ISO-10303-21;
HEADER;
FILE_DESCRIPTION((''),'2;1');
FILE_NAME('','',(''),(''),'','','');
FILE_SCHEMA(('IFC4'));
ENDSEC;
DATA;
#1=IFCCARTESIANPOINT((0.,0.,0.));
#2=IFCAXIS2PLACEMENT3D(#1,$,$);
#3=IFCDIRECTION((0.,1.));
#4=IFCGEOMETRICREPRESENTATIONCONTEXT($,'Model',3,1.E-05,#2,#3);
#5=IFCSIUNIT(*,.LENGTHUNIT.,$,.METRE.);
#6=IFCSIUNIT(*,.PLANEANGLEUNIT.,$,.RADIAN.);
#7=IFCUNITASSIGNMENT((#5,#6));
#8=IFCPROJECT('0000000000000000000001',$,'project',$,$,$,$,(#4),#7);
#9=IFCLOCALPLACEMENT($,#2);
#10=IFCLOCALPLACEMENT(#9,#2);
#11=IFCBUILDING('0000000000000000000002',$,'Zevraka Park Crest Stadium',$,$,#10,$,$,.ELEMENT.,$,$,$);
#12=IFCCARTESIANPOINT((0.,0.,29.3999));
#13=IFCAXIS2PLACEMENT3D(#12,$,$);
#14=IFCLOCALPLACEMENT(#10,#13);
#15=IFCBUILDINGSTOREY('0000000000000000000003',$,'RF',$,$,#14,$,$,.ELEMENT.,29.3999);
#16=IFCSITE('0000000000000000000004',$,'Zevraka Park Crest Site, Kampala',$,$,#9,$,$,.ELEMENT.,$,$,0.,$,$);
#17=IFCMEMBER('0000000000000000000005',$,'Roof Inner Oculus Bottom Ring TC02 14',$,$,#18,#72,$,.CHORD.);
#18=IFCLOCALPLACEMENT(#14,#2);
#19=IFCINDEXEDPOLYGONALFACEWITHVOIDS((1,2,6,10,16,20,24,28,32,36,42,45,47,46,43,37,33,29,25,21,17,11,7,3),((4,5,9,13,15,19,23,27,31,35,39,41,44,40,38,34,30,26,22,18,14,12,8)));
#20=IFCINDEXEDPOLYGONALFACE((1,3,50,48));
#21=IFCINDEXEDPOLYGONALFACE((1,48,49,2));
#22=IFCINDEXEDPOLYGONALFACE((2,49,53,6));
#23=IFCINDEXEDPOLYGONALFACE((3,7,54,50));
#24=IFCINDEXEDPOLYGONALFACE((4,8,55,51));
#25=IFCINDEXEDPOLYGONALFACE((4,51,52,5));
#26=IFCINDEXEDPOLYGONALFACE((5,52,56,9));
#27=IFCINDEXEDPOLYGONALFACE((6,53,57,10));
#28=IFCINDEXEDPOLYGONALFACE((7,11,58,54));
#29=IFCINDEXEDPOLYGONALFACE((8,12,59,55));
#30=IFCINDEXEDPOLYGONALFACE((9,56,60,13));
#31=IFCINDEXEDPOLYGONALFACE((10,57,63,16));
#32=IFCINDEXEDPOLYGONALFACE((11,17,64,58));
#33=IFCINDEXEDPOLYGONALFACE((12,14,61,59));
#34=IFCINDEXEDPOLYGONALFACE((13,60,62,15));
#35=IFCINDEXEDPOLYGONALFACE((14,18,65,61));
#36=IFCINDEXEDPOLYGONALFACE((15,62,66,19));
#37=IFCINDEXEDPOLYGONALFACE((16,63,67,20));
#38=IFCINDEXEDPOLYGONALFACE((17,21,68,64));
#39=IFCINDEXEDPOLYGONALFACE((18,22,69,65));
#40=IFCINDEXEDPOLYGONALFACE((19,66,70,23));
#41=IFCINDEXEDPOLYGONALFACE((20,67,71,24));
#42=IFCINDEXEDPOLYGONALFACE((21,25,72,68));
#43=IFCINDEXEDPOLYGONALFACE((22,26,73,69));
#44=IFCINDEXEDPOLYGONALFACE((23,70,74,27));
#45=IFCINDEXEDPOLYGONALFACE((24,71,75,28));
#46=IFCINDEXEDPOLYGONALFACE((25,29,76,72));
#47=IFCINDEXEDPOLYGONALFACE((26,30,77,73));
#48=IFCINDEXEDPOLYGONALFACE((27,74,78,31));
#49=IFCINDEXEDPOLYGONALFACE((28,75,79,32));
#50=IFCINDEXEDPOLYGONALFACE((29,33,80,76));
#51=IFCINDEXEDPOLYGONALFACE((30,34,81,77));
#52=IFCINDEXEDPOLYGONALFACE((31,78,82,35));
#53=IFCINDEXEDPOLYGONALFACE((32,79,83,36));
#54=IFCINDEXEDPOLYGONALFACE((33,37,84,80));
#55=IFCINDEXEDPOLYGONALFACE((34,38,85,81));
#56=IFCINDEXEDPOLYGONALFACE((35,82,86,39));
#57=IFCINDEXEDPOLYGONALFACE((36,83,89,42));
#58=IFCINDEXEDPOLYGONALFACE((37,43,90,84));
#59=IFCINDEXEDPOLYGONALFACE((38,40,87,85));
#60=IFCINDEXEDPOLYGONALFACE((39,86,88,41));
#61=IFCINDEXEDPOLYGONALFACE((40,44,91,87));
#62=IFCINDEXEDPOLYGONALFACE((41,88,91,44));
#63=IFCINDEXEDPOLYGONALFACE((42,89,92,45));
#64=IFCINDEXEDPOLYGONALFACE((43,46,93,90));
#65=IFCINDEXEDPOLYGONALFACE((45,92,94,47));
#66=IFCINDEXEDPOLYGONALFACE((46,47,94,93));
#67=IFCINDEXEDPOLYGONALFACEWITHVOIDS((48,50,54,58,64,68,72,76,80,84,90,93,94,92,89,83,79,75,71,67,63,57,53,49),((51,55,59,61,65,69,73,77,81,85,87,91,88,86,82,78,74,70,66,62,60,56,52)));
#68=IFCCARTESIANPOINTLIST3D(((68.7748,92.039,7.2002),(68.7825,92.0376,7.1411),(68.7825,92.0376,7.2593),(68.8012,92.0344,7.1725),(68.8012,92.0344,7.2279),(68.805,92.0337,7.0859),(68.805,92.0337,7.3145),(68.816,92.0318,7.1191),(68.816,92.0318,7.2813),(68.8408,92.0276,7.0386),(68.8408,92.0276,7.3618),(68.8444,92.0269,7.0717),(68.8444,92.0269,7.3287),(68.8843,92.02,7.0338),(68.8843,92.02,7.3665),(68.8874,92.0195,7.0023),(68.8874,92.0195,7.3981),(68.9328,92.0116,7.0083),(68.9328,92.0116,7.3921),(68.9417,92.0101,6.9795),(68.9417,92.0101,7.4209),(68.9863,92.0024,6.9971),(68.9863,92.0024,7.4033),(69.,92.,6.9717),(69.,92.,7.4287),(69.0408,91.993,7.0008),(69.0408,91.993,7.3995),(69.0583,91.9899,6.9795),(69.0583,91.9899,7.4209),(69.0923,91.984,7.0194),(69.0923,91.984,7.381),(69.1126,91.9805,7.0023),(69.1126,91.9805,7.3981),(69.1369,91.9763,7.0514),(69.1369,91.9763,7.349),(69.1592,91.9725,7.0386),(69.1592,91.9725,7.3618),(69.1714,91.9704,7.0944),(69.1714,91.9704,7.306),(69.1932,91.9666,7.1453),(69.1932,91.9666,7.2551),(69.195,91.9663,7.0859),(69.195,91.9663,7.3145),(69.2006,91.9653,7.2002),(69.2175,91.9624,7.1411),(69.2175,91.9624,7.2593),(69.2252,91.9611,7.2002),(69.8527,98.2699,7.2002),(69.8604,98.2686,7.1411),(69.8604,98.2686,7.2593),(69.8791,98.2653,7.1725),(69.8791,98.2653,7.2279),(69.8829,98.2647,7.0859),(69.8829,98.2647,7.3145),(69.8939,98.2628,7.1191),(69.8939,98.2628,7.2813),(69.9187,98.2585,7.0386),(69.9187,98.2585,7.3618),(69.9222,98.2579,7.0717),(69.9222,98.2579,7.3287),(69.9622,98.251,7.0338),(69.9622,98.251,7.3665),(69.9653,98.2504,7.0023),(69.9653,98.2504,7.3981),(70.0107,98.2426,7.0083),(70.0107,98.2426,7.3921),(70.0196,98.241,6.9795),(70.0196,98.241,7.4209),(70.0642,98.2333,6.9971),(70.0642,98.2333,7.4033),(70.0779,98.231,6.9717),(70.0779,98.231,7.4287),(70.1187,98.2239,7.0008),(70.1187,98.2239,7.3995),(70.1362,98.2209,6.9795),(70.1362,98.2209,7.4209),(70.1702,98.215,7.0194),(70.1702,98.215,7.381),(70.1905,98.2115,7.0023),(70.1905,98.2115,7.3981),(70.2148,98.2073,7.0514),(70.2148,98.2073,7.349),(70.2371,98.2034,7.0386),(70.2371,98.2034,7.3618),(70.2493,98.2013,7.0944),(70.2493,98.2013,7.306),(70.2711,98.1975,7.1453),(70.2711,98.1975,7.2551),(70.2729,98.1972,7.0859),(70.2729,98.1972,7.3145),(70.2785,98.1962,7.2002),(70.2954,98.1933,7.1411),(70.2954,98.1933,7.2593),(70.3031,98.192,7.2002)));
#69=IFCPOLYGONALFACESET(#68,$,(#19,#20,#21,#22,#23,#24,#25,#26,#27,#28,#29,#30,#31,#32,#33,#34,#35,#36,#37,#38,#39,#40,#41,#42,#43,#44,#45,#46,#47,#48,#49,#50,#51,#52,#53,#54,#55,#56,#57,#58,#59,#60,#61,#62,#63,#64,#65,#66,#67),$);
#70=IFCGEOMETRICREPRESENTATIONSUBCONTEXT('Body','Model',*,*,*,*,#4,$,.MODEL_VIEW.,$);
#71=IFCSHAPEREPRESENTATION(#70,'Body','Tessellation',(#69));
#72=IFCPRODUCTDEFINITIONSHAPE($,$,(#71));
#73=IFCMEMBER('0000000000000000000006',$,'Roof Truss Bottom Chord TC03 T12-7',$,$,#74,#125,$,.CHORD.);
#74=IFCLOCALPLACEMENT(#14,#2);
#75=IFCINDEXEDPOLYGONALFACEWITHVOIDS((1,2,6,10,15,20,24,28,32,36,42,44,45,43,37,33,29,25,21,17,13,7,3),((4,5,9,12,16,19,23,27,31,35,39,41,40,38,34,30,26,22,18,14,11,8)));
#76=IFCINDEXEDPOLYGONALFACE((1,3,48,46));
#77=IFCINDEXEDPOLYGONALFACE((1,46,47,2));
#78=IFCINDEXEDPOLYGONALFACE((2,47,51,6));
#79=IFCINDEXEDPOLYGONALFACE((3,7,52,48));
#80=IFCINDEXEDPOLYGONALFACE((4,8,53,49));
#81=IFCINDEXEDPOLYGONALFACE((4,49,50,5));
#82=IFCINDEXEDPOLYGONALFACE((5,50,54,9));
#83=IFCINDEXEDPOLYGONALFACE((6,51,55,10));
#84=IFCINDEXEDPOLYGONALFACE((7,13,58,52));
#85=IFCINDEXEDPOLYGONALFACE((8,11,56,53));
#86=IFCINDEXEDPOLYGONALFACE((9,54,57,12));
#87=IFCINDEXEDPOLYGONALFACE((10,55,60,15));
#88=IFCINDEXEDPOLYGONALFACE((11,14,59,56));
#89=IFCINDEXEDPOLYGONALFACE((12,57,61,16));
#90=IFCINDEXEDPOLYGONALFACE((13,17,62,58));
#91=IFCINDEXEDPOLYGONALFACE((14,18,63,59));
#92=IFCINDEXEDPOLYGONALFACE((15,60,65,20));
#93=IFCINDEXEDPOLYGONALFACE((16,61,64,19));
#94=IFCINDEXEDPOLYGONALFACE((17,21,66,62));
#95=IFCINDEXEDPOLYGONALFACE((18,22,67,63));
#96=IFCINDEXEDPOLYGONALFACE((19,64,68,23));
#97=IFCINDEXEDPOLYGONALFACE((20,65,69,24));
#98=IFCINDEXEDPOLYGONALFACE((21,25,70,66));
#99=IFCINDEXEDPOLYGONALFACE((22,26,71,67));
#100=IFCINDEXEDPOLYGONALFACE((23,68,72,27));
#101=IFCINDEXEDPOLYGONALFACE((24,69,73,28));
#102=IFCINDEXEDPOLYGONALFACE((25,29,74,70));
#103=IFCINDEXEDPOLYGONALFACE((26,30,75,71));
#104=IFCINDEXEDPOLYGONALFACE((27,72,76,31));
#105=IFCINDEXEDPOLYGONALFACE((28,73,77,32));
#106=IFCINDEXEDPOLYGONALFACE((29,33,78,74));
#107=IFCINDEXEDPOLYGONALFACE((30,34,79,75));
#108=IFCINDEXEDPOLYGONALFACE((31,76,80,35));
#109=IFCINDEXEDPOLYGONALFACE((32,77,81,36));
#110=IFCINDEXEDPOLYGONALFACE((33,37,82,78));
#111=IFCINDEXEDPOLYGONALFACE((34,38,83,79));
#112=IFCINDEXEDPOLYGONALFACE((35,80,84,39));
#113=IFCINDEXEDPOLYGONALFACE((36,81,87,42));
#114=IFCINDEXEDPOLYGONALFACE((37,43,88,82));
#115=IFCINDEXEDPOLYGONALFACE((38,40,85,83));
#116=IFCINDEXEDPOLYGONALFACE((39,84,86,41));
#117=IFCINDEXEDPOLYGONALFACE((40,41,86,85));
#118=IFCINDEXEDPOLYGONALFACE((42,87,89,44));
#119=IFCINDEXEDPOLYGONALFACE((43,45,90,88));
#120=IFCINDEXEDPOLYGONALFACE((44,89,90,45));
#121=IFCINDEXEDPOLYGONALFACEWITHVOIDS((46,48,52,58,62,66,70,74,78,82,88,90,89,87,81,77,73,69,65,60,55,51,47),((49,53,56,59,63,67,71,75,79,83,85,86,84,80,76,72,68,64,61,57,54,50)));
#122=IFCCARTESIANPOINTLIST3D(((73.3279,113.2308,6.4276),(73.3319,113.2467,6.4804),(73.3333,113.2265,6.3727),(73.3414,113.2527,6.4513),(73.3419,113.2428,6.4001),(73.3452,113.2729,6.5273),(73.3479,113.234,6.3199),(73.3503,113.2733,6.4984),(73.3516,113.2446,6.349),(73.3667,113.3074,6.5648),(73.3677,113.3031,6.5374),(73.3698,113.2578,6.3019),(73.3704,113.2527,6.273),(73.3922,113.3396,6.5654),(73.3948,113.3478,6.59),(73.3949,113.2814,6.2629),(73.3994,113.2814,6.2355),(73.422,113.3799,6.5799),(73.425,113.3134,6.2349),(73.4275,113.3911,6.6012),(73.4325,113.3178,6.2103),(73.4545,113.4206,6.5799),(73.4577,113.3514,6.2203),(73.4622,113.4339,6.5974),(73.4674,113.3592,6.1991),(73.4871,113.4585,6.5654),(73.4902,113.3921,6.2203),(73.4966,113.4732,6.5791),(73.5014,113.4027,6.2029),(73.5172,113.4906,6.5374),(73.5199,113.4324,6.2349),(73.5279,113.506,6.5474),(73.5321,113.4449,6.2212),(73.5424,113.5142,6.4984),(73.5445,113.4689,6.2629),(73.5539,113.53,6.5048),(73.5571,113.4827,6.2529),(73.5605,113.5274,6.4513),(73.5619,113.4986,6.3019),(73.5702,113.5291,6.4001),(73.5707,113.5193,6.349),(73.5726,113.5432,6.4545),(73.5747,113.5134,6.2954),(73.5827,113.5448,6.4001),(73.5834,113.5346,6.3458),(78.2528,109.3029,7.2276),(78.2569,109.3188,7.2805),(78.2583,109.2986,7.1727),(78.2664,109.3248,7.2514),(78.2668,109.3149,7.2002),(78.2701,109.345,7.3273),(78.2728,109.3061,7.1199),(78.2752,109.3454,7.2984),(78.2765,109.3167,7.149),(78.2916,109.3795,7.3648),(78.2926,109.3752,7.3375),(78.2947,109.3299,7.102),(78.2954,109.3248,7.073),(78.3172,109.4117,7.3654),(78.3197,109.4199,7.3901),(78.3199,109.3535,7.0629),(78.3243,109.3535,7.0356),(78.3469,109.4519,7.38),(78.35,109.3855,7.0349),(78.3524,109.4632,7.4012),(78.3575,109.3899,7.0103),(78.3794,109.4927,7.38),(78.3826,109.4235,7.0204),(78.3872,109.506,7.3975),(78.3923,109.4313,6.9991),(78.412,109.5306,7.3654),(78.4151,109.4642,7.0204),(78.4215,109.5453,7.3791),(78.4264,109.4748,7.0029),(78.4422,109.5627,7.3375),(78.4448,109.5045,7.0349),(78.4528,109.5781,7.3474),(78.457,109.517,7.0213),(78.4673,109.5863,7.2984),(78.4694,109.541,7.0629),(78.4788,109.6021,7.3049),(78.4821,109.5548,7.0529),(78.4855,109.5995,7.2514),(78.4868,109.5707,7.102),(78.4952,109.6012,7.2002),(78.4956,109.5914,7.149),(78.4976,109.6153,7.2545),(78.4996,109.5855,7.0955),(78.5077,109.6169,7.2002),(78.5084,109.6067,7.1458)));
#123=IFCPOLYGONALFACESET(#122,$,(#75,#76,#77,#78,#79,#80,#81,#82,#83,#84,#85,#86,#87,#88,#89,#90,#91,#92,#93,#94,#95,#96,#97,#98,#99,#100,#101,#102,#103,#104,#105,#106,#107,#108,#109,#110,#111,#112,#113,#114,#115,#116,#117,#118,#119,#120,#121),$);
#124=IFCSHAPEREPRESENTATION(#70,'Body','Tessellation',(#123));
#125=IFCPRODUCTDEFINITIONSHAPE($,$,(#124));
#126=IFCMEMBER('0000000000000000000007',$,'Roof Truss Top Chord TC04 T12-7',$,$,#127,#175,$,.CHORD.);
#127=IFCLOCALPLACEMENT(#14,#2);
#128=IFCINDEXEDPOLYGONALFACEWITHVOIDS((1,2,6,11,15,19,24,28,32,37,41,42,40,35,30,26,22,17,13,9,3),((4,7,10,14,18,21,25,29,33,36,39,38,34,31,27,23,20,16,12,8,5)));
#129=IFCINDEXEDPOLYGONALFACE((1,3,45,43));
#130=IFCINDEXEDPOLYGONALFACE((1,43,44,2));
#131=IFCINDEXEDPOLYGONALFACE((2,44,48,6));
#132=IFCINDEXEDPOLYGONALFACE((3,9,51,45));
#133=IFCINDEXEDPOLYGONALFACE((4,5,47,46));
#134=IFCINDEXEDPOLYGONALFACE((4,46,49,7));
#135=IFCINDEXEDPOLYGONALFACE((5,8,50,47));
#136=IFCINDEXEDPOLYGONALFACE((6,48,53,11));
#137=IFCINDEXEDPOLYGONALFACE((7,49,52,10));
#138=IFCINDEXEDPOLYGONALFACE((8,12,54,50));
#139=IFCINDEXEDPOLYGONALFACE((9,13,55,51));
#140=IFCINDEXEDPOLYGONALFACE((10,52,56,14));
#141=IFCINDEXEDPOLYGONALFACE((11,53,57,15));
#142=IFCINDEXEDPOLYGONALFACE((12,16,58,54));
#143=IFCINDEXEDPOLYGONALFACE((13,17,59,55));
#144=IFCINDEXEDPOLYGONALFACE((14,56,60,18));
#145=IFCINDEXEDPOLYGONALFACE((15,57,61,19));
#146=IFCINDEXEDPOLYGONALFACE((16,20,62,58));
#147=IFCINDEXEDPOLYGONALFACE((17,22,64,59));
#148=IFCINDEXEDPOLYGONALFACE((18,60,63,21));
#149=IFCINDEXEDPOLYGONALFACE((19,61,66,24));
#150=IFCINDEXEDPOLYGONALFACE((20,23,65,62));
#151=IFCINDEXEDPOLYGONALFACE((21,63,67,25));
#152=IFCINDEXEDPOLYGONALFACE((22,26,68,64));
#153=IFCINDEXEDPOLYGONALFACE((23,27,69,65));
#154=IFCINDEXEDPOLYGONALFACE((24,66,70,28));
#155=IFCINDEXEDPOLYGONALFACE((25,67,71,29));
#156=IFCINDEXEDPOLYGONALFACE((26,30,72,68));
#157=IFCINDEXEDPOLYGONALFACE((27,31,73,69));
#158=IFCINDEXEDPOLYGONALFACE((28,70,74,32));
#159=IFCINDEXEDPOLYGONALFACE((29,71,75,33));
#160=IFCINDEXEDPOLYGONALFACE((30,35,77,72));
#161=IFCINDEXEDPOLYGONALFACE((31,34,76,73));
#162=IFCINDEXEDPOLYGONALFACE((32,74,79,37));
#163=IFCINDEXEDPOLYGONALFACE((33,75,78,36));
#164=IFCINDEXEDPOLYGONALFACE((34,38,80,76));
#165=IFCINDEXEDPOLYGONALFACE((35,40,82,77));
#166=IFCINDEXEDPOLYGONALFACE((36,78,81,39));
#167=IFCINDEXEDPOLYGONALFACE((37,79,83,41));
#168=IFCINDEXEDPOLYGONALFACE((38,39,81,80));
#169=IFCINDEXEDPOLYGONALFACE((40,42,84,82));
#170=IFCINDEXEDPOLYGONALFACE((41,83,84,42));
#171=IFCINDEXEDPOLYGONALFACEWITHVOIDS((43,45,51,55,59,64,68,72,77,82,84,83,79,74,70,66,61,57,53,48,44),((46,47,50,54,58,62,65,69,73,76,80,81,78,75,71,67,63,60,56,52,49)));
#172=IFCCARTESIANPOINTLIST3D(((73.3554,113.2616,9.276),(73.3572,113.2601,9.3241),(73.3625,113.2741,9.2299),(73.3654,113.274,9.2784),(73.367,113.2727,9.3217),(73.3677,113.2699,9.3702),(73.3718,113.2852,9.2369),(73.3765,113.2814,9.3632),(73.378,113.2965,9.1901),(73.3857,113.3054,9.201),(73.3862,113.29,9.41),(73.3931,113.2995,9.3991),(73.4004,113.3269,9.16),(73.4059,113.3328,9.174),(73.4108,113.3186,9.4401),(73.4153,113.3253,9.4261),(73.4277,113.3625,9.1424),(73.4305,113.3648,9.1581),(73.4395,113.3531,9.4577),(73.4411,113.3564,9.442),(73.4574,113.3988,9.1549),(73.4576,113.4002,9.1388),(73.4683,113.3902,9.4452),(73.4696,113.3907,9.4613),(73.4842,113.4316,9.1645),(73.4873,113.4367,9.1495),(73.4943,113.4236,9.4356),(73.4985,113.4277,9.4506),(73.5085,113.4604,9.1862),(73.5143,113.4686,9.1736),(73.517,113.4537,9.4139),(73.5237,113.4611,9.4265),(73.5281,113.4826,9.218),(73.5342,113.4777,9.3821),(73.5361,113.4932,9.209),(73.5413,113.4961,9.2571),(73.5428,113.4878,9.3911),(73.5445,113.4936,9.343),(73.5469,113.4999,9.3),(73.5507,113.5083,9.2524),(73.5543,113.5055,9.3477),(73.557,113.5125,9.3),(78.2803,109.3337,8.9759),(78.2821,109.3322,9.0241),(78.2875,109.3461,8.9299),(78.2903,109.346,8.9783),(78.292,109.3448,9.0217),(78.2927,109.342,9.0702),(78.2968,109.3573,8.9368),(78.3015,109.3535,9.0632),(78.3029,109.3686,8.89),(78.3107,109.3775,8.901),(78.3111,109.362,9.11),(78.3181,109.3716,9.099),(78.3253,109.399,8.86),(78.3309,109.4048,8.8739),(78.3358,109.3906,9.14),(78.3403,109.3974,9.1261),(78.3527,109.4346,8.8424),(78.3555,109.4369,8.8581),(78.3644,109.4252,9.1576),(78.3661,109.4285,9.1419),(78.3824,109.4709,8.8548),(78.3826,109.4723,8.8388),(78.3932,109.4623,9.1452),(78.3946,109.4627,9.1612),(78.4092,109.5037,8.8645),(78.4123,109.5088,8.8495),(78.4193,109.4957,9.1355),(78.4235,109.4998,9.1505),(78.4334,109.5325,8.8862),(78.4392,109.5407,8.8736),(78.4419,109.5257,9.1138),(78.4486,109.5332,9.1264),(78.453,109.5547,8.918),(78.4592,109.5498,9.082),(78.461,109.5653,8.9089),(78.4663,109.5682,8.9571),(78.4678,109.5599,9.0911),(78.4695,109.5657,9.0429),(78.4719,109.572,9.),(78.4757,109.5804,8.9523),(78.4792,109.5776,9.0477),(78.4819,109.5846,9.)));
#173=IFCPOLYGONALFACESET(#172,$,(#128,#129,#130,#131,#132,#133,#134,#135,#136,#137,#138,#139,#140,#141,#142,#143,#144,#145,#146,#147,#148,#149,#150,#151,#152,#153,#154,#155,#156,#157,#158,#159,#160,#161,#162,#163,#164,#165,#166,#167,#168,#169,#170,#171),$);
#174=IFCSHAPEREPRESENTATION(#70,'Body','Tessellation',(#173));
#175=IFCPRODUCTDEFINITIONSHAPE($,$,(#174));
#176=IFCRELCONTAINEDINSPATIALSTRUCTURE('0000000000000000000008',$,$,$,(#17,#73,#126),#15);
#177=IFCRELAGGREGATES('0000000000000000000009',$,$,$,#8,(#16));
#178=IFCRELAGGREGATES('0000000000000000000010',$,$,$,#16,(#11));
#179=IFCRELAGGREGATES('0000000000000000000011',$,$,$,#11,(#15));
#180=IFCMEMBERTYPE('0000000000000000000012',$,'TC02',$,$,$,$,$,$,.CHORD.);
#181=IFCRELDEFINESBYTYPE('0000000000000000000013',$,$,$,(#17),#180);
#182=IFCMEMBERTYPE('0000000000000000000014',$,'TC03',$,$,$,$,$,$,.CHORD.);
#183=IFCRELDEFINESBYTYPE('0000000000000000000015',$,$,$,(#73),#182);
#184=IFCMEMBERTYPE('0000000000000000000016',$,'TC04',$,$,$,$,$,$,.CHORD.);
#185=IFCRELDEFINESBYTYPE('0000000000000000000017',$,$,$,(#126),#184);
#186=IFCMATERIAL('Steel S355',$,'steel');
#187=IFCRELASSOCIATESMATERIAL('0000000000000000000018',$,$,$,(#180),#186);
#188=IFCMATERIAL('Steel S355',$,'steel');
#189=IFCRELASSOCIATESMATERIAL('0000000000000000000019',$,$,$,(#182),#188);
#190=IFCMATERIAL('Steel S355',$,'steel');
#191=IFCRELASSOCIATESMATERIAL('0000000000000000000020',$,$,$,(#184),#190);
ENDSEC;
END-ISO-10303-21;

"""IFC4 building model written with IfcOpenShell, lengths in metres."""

from ifc_helpers import new_model, si_unit, direction, frame, origin, origin_2d, place, context, subcontext, project, spatial, hollow_circle, extrude, material, material_profile, profile_set, type_object, element, save


model = new_model("IFC4")

# Units and contexts
model_context = context("Model", 3, precision=1e-05, world=origin(), true_north=direction((0.0, 1.0)))
body_context = subcontext(model_context, "Body", "Model", "MODEL_VIEW")
ifc_project = project(units=[si_unit("LENGTHUNIT", "METRE"), si_unit("PLANEANGLEUNIT", "RADIAN")], contexts=[model_context])

# Site, building, storey
site_placement = place(None, origin())
site = spatial("IfcSite", under=ifc_project, at=site_placement, Name="Zevraka Park Crest Site, Kampala", CompositionType="ELEMENT", RefElevation=0.0)
building_placement = place(site_placement, origin())
building = spatial("IfcBuilding", under=site, at=building_placement, Name="Zevraka Park Crest Stadium", CompositionType="ELEMENT")
storey_placement = place(building_placement, frame((0.0, 0.0, 29.3999)))
storey = spatial("IfcBuildingStorey", under=building, at=storey_placement, Name="RF", CompositionType="ELEMENT", Elevation=29.3999)

# Members
ifc_material_1 = material(Name="Steel S355", Category="steel")
ifc_material_profile_1 = material_profile(ifc_material_1, hollow_circle(Radius=0.2285, WallThickness=0.0249, at=origin_2d()), Name="CHS 457.0x25")
ifc_profile_set_1 = profile_set([ifc_material_profile_1], Name="Steel S355")
member_type_1 = type_object("IfcMemberType", Name="TC02", PredefinedType="CHORD", material=ifc_profile_set_1)
member_1_placement = place(storey_placement, frame((70.0779, 98.231, 7.2002), z_axis=(-0.170456, -0.985365, 0.0), x_axis=(0.985365, -0.170456, 0.0)))
element("IfcMember", 1, at=member_1_placement, inside=storey, type_object=member_type_1, Name="Roof Inner Oculus Bottom Ring TC02 14", PredefinedType="CHORD", context=body_context, shape_type="SweptSolid", body=[
    extrude(hollow_circle(Radius=0.2285, WallThickness=0.0249, at=origin_2d()), origin(), (0.0, 0.0, 1.0), 6.3235),
])
ifc_material_2 = material(Name="Steel S355", Category="steel")
ifc_material_profile_2 = material_profile(ifc_material_2, hollow_circle(Radius=0.2031, WallThickness=0.02, at=origin_2d()), Name="CHS 406.4x20")
ifc_profile_set_2 = profile_set([ifc_material_profile_2], Name="Steel S355")
member_type_2 = type_object("IfcMemberType", Name="TC03", PredefinedType="CHORD", material=ifc_profile_set_2)
member_2_placement = place(storey_placement, frame((73.4561, 113.386, 6.4001), z_axis=(0.775572, -0.618559, 0.125988), x_axis=(0.623527, 0.781802, 0.0)))
element("IfcMember", 2, at=member_2_placement, inside=storey, type_object=member_type_2, Name="Roof Truss Bottom Chord TC03 T12-7", PredefinedType="CHORD", context=body_context, shape_type="SweptSolid", body=[
    extrude(hollow_circle(Radius=0.2031, WallThickness=0.02, at=origin_2d()), origin(), (0.0, 0.0, 1.0), 6.3501),
])
ifc_material_3 = material(Name="Steel S355", Category="steel")
ifc_material_profile_3 = material_profile(ifc_material_3, hollow_circle(Radius=0.1619, WallThickness=0.0161, at=origin_2d()), Name="CHS 323.9x16")
ifc_profile_set_3 = profile_set([ifc_material_profile_3], Name="Steel S355")
member_type_3 = type_object("IfcMemberType", Name="TC04", PredefinedType="CHORD", material=ifc_profile_set_3)
member_3_placement = place(storey_placement, frame((73.4561, 113.386, 9.3), z_axis=(0.780917, -0.622821, -0.047576), x_axis=(0.623527, 0.781802, 0.0)))
element("IfcMember", 3, at=member_3_placement, inside=storey, type_object=member_type_3, Name="Roof Truss Top Chord TC04 T12-7", PredefinedType="CHORD", context=body_context, shape_type="SweptSolid", body=[
    extrude(hollow_circle(Radius=0.1619, WallThickness=0.0161, at=origin_2d()), origin(), (0.0, 0.0, 1.0), 6.3066),
])

save(model, "model.ifc")
